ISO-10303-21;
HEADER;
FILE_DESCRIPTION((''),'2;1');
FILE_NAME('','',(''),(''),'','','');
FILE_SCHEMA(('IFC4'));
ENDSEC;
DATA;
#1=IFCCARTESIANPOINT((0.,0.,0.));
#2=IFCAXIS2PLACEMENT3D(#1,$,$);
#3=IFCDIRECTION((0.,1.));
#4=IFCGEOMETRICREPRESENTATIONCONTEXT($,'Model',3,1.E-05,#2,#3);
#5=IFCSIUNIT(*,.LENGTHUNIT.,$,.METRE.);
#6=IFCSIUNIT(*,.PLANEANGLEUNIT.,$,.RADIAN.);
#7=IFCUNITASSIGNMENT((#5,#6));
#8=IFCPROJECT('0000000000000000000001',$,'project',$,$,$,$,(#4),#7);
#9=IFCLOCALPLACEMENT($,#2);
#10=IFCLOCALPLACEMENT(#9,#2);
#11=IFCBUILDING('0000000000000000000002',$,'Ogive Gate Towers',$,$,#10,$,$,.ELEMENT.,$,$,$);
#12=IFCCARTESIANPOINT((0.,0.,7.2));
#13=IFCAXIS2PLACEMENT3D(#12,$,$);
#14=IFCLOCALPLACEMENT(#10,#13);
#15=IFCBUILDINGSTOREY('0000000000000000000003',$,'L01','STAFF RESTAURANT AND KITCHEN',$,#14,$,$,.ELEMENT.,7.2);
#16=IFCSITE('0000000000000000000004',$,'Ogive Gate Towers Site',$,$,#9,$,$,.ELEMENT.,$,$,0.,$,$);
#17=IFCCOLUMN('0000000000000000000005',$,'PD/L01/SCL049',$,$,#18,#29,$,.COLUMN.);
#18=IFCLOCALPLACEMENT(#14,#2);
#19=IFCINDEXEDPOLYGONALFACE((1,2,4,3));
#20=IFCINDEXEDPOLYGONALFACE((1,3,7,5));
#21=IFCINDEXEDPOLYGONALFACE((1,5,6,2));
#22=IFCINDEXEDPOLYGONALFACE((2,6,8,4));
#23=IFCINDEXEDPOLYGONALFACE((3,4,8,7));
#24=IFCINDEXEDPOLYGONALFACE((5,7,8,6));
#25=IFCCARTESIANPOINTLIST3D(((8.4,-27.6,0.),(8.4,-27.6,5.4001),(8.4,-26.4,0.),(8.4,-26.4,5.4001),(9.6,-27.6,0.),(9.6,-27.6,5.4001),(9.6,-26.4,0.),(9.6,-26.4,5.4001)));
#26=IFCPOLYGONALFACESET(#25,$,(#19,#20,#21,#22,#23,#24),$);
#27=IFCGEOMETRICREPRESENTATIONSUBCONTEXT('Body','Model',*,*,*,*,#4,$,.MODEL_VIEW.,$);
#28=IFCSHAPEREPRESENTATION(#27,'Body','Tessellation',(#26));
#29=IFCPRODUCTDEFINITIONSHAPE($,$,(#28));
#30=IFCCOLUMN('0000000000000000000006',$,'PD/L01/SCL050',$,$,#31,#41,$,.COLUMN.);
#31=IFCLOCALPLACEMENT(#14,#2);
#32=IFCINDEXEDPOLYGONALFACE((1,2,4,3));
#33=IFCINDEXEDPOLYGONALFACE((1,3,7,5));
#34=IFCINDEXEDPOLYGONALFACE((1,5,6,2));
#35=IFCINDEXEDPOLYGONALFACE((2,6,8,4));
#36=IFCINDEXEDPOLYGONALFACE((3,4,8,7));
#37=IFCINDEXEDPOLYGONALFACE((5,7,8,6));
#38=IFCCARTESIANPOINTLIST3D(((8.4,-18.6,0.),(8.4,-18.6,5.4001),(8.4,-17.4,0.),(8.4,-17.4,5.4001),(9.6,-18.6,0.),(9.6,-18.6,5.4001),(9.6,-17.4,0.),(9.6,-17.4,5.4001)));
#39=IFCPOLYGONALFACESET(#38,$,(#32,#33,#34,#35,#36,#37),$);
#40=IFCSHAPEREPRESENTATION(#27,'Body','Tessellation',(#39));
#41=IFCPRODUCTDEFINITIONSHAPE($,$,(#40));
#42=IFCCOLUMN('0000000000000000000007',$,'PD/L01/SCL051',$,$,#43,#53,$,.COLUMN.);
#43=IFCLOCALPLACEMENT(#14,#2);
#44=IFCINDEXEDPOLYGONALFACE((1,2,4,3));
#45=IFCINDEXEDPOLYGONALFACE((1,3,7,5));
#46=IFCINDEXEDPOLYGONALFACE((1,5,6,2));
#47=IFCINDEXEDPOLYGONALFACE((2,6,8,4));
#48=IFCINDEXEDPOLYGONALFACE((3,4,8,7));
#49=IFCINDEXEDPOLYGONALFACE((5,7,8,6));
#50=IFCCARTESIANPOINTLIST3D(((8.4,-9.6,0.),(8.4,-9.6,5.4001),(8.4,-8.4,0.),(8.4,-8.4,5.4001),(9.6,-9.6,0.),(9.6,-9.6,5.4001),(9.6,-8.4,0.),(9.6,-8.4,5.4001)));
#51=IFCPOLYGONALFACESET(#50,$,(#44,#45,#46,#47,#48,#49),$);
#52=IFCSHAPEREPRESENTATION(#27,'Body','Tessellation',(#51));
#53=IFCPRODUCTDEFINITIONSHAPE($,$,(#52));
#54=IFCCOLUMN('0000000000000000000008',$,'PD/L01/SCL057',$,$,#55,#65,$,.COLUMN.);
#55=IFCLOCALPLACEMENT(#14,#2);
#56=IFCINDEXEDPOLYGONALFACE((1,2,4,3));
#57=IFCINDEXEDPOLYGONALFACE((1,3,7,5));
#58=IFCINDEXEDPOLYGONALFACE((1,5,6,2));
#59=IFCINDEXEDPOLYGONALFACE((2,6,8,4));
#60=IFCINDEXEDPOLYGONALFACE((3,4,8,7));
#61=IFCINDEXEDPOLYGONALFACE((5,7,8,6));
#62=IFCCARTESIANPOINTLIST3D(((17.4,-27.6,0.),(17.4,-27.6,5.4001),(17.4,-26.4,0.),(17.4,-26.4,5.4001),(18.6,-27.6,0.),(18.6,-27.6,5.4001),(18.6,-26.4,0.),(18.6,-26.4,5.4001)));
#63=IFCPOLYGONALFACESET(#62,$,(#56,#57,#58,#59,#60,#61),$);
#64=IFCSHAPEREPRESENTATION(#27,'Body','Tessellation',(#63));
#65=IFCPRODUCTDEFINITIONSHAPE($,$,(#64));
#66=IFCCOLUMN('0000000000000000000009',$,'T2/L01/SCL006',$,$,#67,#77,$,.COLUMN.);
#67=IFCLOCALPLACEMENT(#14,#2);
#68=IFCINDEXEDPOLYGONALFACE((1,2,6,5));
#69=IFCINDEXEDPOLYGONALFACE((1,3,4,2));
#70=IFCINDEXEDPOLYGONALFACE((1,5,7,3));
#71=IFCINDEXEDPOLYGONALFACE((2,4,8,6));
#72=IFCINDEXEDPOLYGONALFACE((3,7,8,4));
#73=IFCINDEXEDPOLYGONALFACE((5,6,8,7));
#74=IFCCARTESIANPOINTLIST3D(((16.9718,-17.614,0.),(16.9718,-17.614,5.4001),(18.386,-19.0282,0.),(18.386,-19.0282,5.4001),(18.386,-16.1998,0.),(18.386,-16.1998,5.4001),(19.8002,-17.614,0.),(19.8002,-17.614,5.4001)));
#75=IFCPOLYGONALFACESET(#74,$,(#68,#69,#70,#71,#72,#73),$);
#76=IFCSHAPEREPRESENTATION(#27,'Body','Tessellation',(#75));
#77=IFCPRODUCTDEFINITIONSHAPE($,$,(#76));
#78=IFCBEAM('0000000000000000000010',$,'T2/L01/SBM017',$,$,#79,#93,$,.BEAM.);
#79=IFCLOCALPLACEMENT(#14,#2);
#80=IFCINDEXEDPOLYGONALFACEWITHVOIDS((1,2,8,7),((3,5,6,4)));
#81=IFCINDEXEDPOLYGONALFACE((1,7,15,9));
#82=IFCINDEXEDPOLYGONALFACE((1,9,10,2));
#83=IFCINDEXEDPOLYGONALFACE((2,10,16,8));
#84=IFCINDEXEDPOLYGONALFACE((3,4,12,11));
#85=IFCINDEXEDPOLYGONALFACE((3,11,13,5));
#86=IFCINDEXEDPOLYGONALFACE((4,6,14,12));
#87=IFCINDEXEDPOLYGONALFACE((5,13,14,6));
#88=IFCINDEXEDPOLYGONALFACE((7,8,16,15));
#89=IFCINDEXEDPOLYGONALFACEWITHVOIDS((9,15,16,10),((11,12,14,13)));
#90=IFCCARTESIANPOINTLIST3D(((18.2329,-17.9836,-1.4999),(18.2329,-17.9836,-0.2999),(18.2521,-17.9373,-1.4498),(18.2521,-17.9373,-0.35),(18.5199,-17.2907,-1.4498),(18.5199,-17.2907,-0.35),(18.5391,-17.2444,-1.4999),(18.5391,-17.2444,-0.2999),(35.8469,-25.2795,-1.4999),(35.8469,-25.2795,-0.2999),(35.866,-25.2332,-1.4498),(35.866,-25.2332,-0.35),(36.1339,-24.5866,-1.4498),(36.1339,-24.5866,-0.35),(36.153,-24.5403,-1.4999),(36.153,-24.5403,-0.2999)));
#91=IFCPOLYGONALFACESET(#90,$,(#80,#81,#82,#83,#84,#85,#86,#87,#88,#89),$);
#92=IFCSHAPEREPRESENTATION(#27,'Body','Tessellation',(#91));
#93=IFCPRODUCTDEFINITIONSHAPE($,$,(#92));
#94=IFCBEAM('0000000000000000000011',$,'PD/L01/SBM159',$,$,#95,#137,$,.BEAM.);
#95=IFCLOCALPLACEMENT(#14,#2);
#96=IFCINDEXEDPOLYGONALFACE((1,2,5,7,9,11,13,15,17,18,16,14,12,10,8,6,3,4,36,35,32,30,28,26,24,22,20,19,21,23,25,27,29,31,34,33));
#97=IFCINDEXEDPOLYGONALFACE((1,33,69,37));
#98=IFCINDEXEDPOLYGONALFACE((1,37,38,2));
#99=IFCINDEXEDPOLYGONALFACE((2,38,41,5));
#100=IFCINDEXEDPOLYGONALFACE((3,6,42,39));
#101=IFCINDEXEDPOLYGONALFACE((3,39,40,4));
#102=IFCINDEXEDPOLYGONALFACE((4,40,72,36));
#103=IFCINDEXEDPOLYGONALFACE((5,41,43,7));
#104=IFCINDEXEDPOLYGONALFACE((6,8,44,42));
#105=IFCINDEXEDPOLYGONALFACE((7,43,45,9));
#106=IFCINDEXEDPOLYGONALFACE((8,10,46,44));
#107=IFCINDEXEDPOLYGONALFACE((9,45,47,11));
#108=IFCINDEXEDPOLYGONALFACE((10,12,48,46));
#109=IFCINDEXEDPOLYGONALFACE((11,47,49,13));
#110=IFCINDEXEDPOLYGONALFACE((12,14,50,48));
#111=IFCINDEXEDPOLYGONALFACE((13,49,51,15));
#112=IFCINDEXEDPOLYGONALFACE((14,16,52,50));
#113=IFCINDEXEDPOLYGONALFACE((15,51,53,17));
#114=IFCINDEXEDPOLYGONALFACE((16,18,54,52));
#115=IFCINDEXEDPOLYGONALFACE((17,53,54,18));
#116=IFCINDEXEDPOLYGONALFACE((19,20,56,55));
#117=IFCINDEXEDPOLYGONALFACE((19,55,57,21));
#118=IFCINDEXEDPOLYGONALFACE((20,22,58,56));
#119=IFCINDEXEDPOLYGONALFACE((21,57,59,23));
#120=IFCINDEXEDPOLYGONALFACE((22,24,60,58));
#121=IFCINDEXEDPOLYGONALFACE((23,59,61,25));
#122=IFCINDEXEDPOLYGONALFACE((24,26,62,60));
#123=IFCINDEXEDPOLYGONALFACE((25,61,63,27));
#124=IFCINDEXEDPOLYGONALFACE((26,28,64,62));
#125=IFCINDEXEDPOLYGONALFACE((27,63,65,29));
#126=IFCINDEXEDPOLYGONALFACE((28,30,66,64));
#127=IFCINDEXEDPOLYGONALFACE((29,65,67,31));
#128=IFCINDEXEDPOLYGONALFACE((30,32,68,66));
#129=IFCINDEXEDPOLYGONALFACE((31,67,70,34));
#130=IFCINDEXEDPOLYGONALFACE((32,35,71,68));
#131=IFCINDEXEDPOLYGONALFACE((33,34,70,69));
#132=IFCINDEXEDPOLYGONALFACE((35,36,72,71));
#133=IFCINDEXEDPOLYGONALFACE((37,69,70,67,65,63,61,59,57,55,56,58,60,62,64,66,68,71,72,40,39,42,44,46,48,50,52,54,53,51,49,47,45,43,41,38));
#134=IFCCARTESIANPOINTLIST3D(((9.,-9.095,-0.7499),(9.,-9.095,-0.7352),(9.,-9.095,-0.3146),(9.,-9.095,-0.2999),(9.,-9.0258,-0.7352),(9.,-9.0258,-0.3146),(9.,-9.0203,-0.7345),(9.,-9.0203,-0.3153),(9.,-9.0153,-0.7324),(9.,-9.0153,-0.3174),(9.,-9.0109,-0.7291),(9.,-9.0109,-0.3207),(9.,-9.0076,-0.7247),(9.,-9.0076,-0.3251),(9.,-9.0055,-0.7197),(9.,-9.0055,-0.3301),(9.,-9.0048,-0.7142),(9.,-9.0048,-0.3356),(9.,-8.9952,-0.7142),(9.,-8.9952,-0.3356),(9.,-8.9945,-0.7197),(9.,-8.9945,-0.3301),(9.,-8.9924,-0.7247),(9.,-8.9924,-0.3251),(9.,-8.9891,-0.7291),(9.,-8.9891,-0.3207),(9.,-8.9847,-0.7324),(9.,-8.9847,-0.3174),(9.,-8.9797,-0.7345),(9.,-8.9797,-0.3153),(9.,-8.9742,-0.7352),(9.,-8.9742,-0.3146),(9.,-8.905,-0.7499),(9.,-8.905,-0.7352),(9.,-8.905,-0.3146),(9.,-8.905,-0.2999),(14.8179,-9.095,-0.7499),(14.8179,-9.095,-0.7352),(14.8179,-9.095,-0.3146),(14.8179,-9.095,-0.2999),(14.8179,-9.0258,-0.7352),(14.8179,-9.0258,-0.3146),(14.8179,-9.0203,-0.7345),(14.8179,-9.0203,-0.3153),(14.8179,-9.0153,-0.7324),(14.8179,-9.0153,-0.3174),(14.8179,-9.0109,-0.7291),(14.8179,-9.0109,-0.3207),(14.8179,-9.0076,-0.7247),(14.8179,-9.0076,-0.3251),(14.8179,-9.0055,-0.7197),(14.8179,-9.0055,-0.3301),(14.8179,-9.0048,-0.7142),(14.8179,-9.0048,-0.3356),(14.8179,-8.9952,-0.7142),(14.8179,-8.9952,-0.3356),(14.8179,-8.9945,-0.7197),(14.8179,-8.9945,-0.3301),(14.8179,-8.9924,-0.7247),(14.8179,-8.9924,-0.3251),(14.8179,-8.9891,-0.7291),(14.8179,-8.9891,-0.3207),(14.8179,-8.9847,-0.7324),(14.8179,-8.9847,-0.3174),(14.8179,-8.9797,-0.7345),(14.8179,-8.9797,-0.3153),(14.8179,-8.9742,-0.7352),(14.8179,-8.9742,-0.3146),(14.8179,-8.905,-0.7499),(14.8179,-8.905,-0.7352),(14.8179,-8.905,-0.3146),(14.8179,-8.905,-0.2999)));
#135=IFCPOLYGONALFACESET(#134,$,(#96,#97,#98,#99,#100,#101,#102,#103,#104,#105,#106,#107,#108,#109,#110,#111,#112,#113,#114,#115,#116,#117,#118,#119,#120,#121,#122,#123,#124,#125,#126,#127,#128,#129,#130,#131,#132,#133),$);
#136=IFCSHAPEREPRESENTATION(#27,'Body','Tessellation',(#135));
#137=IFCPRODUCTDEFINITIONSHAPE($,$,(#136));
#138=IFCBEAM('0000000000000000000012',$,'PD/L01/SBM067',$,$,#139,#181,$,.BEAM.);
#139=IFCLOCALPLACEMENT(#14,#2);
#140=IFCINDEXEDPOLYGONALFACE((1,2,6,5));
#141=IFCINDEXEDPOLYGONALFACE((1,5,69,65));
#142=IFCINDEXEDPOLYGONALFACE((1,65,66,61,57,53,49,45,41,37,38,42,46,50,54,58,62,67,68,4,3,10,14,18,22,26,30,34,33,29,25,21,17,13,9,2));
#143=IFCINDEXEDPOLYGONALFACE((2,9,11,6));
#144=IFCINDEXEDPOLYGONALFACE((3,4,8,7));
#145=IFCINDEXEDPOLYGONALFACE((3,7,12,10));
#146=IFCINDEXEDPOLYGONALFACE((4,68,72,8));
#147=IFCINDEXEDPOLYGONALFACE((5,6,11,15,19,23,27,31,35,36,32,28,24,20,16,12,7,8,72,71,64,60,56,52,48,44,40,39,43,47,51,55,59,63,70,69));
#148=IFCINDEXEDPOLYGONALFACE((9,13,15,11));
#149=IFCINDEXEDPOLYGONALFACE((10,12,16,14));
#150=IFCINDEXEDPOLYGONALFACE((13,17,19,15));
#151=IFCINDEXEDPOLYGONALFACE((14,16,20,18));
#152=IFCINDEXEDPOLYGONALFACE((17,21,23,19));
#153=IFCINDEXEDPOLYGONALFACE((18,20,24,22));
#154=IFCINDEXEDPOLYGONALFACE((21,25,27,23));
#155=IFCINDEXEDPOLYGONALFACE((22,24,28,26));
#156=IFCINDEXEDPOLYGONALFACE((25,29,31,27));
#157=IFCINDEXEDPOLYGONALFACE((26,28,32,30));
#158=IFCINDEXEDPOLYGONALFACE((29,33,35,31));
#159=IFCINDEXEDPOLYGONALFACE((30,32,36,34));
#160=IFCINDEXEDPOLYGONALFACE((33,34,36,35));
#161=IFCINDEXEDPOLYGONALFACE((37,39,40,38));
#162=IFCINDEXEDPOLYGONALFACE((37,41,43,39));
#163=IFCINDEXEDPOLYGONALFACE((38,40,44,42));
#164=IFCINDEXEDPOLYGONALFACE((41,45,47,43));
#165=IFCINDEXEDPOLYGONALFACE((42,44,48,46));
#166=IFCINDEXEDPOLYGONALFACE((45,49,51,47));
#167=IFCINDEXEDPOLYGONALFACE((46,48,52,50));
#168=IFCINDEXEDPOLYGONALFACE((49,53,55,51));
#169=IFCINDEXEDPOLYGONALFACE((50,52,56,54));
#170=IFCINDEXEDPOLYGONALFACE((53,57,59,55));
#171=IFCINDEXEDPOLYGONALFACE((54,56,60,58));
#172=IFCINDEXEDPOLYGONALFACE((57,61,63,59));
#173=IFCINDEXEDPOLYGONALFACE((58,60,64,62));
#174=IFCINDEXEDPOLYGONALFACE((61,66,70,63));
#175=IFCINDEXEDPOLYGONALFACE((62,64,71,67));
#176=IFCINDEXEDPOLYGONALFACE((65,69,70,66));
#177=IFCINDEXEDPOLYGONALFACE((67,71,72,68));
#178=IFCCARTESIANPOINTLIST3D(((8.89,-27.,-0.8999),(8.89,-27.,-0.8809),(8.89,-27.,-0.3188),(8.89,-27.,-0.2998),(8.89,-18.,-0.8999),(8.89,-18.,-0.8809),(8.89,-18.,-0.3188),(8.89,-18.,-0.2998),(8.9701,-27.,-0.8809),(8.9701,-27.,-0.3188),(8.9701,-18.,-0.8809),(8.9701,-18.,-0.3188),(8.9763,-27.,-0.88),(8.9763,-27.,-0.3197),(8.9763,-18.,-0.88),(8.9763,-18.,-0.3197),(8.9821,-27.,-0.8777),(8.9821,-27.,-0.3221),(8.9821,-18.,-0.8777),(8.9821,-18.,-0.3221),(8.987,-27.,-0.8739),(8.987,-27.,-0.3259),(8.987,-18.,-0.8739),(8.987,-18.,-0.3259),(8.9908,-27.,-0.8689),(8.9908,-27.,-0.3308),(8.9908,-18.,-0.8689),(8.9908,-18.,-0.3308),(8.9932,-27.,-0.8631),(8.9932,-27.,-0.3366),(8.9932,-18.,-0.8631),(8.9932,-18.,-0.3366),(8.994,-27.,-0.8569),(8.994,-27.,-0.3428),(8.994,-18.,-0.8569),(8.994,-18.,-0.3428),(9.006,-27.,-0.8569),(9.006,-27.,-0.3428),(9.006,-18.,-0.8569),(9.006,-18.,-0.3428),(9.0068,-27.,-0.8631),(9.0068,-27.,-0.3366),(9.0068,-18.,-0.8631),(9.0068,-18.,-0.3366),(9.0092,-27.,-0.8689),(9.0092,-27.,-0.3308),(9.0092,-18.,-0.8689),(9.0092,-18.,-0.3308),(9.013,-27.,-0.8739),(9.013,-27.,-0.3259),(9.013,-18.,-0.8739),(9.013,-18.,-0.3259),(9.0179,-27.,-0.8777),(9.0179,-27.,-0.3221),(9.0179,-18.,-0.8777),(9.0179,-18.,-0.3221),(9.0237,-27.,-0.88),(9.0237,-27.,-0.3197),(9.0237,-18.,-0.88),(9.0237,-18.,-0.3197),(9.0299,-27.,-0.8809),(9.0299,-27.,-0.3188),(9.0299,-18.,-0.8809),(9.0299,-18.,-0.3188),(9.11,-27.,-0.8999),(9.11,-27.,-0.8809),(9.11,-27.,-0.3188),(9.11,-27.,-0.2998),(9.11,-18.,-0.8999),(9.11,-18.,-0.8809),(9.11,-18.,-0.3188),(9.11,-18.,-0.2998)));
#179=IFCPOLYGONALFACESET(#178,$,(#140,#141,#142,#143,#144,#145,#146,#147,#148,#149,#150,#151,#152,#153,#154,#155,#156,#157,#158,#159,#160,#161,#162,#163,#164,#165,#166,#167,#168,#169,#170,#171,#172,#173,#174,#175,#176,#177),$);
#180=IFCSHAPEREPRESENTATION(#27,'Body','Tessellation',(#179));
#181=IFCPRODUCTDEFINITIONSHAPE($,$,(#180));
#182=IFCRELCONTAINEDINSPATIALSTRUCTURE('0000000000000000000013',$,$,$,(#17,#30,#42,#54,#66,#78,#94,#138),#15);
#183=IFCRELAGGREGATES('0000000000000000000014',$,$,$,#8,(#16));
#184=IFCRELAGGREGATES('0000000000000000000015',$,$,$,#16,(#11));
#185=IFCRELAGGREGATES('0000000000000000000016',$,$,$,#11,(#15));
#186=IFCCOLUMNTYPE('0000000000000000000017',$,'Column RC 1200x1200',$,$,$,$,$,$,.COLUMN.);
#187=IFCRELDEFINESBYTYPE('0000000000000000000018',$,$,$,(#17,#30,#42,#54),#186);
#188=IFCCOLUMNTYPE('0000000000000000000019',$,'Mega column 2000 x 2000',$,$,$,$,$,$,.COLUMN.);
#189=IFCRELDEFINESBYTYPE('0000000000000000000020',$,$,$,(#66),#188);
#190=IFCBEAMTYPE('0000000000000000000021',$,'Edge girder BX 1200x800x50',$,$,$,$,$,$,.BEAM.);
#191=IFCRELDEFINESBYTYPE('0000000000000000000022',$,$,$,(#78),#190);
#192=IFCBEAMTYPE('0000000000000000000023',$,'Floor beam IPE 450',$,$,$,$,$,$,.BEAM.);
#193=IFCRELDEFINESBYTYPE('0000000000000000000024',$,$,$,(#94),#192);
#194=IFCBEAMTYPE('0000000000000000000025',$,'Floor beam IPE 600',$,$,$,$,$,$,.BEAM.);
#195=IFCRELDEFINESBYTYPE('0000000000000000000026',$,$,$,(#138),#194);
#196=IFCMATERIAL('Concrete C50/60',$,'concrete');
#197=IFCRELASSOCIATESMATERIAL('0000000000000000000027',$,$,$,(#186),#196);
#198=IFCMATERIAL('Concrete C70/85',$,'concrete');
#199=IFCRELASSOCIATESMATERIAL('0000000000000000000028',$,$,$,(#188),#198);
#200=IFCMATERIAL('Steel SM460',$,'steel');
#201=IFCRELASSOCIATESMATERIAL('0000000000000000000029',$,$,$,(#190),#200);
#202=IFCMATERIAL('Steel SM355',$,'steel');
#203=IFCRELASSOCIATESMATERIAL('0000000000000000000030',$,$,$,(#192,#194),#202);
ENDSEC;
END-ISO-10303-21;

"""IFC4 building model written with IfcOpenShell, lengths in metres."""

from ifc_helpers import new_model, si_unit, direction, frame, origin, origin_2d, place, context, subcontext, project, spatial, rectangle, hollow_rectangle, i_section, extrude, material, material_profile, profile_set, type_object, element, save


model = new_model("IFC4")

# Units and contexts
model_context = context("Model", 3, precision=1e-05, world=origin(), true_north=direction((0.0, 1.0)))
body_context = subcontext(model_context, "Body", "Model", "MODEL_VIEW")
ifc_project = project(units=[si_unit("LENGTHUNIT", "METRE"), si_unit("PLANEANGLEUNIT", "RADIAN")], contexts=[model_context])

# Site, building, storey
site_placement = place(None, origin())
site = spatial("IfcSite", under=ifc_project, at=site_placement, Name="Ogive Gate Towers Site", CompositionType="ELEMENT", RefElevation=0.0)
building_placement = place(site_placement, origin())
building = spatial("IfcBuilding", under=site, at=building_placement, Name="Ogive Gate Towers", CompositionType="ELEMENT")
storey_placement = place(building_placement, frame((0.0, 0.0, 7.2)))
storey = spatial("IfcBuildingStorey", under=building, at=storey_placement, Name="L01", Description="STAFF RESTAURANT AND KITCHEN", CompositionType="ELEMENT", Elevation=7.2)

# Columns
ifc_material_1 = material(Name="Concrete C50/60", Category="concrete")
ifc_material_profile_1 = material_profile(ifc_material_1, rectangle(XDim=1.2, YDim=1.2, at=origin_2d()), Name="RC 1200x1200")
ifc_profile_set_1 = profile_set([ifc_material_profile_1], Name="Concrete C50/60")
column_type_1 = type_object("IfcColumnType", Name="Column RC 1200x1200", PredefinedType="COLUMN", material=ifc_profile_set_1)
for number, where, z_axis, x_axis, name in (
    (1, (9.0, -27.0, 0.0), (0.0, 0.0, 1.0), (1.0, 0.0, 0.0), "PD/L01/SCL049"),
    (2, (9.0, -18.0, 0.0), (0.0, 0.0, 1.0), (1.0, 0.0, 0.0), "PD/L01/SCL050"),
    (3, (9.0, -9.0, 0.0), (0.0, 0.0, 1.0), (1.0, 0.0, 0.0), "PD/L01/SCL051"),
    (4, (18.0, -27.0, 0.0), (0.0, 0.0, 1.0), (1.0, 0.0, 0.0), "PD/L01/SCL057"),
):
    element("IfcColumn", number, at=place(storey_placement, frame(where, z_axis=z_axis, x_axis=x_axis)), inside=storey, type_object=column_type_1, Name=name, PredefinedType="COLUMN", context=body_context, shape_type="SweptSolid", body=[
        extrude(rectangle(XDim=1.2, YDim=1.2, at=origin_2d()), origin(), (0.0, 0.0, 1.0), 5.4001),
    ])
ifc_material_2 = material(Name="Concrete C70/85", Category="concrete")
ifc_material_profile_2 = material_profile(ifc_material_2, rectangle(XDim=2.0, YDim=2.0, at=origin_2d()), Name="RC 2000x2000")
ifc_profile_set_2 = profile_set([ifc_material_profile_2], Name="Concrete C70/85")
column_type_2 = type_object("IfcColumnType", Name="Mega column 2000 x 2000", PredefinedType="COLUMN", material=ifc_profile_set_2)
column_placement = place(storey_placement, frame((18.386, -17.614, 0.0), z_axis=(0.0, 0.0, 1.0), x_axis=(-0.707107, -0.707107, 0.0)))
element("IfcColumn", 5, at=column_placement, inside=storey, type_object=column_type_2, Name="T2/L01/SCL006", PredefinedType="COLUMN", context=body_context, shape_type="SweptSolid", body=[
    extrude(rectangle(XDim=2.0, YDim=2.0, at=origin_2d()), origin(), (0.0, 0.0, 1.0), 5.4001),
])

# Beams
ifc_material_3 = material(Name="Steel SM460", Category="steel")
ifc_material_profile_3 = material_profile(ifc_material_3, hollow_rectangle(XDim=0.8, YDim=1.2, WallThickness=0.05, at=origin_2d()), Name="BX 1200x800x50")
ifc_profile_set_3 = profile_set([ifc_material_profile_3], Name="Steel SM460")
beam_type_1 = type_object("IfcBeamType", Name="Edge girder BX 1200x800x50", PredefinedType="BEAM", material=ifc_profile_set_3)
beam_1_placement = place(storey_placement, frame((18.386, -17.614, -0.8999), z_axis=(0.923881, -0.382681, 0.0), x_axis=(0.382681, 0.923881, 0.0)))
element("IfcBeam", 6, at=beam_1_placement, inside=storey, type_object=beam_type_1, Name="T2/L01/SBM017", PredefinedType="BEAM", context=body_context, shape_type="SweptSolid", body=[
    extrude(hollow_rectangle(XDim=0.8, YDim=1.2, WallThickness=0.05, at=origin_2d()), origin(), (0.0, 0.0, 1.0), 19.0652),
])
ifc_material_4 = material(Name="Steel SM355", Category="steel")
ifc_material_profile_4 = material_profile(ifc_material_4, i_section(OverallWidth=0.1899, OverallDepth=0.45, WebThickness=0.0095, FlangeThickness=0.0146, FilletRadius=0.021, at=origin_2d()), Name="IPE 450")
ifc_profile_set_4 = profile_set([ifc_material_profile_4], Name="Steel SM355")
beam_type_2 = type_object("IfcBeamType", Name="Floor beam IPE 450", PredefinedType="BEAM", material=ifc_profile_set_4)
beam_2_placement = place(storey_placement, frame((9.0, -9.0, -0.5249), z_axis=(1.0, 0.0, 0.0), x_axis=(0.0, 1.0, 0.0)))
element("IfcBeam", 7, at=beam_2_placement, inside=storey, type_object=beam_type_2, Name="PD/L01/SBM159", PredefinedType="BEAM", context=body_context, shape_type="SweptSolid", body=[
    extrude(i_section(OverallWidth=0.1899, OverallDepth=0.45, WebThickness=0.0095, FlangeThickness=0.0146, FilletRadius=0.021, at=origin_2d()), origin(), (0.0, 0.0, 1.0), 5.8179),
])
ifc_material_profile_5 = material_profile(ifc_material_4, i_section(OverallWidth=0.22, OverallDepth=0.6001, WebThickness=0.012, FlangeThickness=0.019, FilletRadius=0.0239, at=origin_2d()), Name="IPE 600")
ifc_profile_set_5 = profile_set([ifc_material_profile_5], Name="Steel SM355")
beam_type_3 = type_object("IfcBeamType", Name="Floor beam IPE 600", PredefinedType="BEAM", material=ifc_profile_set_5)
for number, where, z_axis, x_axis, name in (
    (8, (9.0, -27.0, -0.5999), (0.0, 1.0, 0.0), (-1.0, 0.0, 0.0), "PD/L01/SBM067"),
):
    element("IfcBeam", number, at=place(storey_placement, frame(where, z_axis=z_axis, x_axis=x_axis)), inside=storey, type_object=beam_type_3, Name=name, PredefinedType="BEAM", context=body_context, shape_type="SweptSolid", body=[
        extrude(i_section(OverallWidth=0.22, OverallDepth=0.6001, WebThickness=0.012, FlangeThickness=0.019, FilletRadius=0.0239, at=origin_2d()), origin(), (0.0, 0.0, 1.0), 9.0),
    ])

save(model, "model.ifc")
